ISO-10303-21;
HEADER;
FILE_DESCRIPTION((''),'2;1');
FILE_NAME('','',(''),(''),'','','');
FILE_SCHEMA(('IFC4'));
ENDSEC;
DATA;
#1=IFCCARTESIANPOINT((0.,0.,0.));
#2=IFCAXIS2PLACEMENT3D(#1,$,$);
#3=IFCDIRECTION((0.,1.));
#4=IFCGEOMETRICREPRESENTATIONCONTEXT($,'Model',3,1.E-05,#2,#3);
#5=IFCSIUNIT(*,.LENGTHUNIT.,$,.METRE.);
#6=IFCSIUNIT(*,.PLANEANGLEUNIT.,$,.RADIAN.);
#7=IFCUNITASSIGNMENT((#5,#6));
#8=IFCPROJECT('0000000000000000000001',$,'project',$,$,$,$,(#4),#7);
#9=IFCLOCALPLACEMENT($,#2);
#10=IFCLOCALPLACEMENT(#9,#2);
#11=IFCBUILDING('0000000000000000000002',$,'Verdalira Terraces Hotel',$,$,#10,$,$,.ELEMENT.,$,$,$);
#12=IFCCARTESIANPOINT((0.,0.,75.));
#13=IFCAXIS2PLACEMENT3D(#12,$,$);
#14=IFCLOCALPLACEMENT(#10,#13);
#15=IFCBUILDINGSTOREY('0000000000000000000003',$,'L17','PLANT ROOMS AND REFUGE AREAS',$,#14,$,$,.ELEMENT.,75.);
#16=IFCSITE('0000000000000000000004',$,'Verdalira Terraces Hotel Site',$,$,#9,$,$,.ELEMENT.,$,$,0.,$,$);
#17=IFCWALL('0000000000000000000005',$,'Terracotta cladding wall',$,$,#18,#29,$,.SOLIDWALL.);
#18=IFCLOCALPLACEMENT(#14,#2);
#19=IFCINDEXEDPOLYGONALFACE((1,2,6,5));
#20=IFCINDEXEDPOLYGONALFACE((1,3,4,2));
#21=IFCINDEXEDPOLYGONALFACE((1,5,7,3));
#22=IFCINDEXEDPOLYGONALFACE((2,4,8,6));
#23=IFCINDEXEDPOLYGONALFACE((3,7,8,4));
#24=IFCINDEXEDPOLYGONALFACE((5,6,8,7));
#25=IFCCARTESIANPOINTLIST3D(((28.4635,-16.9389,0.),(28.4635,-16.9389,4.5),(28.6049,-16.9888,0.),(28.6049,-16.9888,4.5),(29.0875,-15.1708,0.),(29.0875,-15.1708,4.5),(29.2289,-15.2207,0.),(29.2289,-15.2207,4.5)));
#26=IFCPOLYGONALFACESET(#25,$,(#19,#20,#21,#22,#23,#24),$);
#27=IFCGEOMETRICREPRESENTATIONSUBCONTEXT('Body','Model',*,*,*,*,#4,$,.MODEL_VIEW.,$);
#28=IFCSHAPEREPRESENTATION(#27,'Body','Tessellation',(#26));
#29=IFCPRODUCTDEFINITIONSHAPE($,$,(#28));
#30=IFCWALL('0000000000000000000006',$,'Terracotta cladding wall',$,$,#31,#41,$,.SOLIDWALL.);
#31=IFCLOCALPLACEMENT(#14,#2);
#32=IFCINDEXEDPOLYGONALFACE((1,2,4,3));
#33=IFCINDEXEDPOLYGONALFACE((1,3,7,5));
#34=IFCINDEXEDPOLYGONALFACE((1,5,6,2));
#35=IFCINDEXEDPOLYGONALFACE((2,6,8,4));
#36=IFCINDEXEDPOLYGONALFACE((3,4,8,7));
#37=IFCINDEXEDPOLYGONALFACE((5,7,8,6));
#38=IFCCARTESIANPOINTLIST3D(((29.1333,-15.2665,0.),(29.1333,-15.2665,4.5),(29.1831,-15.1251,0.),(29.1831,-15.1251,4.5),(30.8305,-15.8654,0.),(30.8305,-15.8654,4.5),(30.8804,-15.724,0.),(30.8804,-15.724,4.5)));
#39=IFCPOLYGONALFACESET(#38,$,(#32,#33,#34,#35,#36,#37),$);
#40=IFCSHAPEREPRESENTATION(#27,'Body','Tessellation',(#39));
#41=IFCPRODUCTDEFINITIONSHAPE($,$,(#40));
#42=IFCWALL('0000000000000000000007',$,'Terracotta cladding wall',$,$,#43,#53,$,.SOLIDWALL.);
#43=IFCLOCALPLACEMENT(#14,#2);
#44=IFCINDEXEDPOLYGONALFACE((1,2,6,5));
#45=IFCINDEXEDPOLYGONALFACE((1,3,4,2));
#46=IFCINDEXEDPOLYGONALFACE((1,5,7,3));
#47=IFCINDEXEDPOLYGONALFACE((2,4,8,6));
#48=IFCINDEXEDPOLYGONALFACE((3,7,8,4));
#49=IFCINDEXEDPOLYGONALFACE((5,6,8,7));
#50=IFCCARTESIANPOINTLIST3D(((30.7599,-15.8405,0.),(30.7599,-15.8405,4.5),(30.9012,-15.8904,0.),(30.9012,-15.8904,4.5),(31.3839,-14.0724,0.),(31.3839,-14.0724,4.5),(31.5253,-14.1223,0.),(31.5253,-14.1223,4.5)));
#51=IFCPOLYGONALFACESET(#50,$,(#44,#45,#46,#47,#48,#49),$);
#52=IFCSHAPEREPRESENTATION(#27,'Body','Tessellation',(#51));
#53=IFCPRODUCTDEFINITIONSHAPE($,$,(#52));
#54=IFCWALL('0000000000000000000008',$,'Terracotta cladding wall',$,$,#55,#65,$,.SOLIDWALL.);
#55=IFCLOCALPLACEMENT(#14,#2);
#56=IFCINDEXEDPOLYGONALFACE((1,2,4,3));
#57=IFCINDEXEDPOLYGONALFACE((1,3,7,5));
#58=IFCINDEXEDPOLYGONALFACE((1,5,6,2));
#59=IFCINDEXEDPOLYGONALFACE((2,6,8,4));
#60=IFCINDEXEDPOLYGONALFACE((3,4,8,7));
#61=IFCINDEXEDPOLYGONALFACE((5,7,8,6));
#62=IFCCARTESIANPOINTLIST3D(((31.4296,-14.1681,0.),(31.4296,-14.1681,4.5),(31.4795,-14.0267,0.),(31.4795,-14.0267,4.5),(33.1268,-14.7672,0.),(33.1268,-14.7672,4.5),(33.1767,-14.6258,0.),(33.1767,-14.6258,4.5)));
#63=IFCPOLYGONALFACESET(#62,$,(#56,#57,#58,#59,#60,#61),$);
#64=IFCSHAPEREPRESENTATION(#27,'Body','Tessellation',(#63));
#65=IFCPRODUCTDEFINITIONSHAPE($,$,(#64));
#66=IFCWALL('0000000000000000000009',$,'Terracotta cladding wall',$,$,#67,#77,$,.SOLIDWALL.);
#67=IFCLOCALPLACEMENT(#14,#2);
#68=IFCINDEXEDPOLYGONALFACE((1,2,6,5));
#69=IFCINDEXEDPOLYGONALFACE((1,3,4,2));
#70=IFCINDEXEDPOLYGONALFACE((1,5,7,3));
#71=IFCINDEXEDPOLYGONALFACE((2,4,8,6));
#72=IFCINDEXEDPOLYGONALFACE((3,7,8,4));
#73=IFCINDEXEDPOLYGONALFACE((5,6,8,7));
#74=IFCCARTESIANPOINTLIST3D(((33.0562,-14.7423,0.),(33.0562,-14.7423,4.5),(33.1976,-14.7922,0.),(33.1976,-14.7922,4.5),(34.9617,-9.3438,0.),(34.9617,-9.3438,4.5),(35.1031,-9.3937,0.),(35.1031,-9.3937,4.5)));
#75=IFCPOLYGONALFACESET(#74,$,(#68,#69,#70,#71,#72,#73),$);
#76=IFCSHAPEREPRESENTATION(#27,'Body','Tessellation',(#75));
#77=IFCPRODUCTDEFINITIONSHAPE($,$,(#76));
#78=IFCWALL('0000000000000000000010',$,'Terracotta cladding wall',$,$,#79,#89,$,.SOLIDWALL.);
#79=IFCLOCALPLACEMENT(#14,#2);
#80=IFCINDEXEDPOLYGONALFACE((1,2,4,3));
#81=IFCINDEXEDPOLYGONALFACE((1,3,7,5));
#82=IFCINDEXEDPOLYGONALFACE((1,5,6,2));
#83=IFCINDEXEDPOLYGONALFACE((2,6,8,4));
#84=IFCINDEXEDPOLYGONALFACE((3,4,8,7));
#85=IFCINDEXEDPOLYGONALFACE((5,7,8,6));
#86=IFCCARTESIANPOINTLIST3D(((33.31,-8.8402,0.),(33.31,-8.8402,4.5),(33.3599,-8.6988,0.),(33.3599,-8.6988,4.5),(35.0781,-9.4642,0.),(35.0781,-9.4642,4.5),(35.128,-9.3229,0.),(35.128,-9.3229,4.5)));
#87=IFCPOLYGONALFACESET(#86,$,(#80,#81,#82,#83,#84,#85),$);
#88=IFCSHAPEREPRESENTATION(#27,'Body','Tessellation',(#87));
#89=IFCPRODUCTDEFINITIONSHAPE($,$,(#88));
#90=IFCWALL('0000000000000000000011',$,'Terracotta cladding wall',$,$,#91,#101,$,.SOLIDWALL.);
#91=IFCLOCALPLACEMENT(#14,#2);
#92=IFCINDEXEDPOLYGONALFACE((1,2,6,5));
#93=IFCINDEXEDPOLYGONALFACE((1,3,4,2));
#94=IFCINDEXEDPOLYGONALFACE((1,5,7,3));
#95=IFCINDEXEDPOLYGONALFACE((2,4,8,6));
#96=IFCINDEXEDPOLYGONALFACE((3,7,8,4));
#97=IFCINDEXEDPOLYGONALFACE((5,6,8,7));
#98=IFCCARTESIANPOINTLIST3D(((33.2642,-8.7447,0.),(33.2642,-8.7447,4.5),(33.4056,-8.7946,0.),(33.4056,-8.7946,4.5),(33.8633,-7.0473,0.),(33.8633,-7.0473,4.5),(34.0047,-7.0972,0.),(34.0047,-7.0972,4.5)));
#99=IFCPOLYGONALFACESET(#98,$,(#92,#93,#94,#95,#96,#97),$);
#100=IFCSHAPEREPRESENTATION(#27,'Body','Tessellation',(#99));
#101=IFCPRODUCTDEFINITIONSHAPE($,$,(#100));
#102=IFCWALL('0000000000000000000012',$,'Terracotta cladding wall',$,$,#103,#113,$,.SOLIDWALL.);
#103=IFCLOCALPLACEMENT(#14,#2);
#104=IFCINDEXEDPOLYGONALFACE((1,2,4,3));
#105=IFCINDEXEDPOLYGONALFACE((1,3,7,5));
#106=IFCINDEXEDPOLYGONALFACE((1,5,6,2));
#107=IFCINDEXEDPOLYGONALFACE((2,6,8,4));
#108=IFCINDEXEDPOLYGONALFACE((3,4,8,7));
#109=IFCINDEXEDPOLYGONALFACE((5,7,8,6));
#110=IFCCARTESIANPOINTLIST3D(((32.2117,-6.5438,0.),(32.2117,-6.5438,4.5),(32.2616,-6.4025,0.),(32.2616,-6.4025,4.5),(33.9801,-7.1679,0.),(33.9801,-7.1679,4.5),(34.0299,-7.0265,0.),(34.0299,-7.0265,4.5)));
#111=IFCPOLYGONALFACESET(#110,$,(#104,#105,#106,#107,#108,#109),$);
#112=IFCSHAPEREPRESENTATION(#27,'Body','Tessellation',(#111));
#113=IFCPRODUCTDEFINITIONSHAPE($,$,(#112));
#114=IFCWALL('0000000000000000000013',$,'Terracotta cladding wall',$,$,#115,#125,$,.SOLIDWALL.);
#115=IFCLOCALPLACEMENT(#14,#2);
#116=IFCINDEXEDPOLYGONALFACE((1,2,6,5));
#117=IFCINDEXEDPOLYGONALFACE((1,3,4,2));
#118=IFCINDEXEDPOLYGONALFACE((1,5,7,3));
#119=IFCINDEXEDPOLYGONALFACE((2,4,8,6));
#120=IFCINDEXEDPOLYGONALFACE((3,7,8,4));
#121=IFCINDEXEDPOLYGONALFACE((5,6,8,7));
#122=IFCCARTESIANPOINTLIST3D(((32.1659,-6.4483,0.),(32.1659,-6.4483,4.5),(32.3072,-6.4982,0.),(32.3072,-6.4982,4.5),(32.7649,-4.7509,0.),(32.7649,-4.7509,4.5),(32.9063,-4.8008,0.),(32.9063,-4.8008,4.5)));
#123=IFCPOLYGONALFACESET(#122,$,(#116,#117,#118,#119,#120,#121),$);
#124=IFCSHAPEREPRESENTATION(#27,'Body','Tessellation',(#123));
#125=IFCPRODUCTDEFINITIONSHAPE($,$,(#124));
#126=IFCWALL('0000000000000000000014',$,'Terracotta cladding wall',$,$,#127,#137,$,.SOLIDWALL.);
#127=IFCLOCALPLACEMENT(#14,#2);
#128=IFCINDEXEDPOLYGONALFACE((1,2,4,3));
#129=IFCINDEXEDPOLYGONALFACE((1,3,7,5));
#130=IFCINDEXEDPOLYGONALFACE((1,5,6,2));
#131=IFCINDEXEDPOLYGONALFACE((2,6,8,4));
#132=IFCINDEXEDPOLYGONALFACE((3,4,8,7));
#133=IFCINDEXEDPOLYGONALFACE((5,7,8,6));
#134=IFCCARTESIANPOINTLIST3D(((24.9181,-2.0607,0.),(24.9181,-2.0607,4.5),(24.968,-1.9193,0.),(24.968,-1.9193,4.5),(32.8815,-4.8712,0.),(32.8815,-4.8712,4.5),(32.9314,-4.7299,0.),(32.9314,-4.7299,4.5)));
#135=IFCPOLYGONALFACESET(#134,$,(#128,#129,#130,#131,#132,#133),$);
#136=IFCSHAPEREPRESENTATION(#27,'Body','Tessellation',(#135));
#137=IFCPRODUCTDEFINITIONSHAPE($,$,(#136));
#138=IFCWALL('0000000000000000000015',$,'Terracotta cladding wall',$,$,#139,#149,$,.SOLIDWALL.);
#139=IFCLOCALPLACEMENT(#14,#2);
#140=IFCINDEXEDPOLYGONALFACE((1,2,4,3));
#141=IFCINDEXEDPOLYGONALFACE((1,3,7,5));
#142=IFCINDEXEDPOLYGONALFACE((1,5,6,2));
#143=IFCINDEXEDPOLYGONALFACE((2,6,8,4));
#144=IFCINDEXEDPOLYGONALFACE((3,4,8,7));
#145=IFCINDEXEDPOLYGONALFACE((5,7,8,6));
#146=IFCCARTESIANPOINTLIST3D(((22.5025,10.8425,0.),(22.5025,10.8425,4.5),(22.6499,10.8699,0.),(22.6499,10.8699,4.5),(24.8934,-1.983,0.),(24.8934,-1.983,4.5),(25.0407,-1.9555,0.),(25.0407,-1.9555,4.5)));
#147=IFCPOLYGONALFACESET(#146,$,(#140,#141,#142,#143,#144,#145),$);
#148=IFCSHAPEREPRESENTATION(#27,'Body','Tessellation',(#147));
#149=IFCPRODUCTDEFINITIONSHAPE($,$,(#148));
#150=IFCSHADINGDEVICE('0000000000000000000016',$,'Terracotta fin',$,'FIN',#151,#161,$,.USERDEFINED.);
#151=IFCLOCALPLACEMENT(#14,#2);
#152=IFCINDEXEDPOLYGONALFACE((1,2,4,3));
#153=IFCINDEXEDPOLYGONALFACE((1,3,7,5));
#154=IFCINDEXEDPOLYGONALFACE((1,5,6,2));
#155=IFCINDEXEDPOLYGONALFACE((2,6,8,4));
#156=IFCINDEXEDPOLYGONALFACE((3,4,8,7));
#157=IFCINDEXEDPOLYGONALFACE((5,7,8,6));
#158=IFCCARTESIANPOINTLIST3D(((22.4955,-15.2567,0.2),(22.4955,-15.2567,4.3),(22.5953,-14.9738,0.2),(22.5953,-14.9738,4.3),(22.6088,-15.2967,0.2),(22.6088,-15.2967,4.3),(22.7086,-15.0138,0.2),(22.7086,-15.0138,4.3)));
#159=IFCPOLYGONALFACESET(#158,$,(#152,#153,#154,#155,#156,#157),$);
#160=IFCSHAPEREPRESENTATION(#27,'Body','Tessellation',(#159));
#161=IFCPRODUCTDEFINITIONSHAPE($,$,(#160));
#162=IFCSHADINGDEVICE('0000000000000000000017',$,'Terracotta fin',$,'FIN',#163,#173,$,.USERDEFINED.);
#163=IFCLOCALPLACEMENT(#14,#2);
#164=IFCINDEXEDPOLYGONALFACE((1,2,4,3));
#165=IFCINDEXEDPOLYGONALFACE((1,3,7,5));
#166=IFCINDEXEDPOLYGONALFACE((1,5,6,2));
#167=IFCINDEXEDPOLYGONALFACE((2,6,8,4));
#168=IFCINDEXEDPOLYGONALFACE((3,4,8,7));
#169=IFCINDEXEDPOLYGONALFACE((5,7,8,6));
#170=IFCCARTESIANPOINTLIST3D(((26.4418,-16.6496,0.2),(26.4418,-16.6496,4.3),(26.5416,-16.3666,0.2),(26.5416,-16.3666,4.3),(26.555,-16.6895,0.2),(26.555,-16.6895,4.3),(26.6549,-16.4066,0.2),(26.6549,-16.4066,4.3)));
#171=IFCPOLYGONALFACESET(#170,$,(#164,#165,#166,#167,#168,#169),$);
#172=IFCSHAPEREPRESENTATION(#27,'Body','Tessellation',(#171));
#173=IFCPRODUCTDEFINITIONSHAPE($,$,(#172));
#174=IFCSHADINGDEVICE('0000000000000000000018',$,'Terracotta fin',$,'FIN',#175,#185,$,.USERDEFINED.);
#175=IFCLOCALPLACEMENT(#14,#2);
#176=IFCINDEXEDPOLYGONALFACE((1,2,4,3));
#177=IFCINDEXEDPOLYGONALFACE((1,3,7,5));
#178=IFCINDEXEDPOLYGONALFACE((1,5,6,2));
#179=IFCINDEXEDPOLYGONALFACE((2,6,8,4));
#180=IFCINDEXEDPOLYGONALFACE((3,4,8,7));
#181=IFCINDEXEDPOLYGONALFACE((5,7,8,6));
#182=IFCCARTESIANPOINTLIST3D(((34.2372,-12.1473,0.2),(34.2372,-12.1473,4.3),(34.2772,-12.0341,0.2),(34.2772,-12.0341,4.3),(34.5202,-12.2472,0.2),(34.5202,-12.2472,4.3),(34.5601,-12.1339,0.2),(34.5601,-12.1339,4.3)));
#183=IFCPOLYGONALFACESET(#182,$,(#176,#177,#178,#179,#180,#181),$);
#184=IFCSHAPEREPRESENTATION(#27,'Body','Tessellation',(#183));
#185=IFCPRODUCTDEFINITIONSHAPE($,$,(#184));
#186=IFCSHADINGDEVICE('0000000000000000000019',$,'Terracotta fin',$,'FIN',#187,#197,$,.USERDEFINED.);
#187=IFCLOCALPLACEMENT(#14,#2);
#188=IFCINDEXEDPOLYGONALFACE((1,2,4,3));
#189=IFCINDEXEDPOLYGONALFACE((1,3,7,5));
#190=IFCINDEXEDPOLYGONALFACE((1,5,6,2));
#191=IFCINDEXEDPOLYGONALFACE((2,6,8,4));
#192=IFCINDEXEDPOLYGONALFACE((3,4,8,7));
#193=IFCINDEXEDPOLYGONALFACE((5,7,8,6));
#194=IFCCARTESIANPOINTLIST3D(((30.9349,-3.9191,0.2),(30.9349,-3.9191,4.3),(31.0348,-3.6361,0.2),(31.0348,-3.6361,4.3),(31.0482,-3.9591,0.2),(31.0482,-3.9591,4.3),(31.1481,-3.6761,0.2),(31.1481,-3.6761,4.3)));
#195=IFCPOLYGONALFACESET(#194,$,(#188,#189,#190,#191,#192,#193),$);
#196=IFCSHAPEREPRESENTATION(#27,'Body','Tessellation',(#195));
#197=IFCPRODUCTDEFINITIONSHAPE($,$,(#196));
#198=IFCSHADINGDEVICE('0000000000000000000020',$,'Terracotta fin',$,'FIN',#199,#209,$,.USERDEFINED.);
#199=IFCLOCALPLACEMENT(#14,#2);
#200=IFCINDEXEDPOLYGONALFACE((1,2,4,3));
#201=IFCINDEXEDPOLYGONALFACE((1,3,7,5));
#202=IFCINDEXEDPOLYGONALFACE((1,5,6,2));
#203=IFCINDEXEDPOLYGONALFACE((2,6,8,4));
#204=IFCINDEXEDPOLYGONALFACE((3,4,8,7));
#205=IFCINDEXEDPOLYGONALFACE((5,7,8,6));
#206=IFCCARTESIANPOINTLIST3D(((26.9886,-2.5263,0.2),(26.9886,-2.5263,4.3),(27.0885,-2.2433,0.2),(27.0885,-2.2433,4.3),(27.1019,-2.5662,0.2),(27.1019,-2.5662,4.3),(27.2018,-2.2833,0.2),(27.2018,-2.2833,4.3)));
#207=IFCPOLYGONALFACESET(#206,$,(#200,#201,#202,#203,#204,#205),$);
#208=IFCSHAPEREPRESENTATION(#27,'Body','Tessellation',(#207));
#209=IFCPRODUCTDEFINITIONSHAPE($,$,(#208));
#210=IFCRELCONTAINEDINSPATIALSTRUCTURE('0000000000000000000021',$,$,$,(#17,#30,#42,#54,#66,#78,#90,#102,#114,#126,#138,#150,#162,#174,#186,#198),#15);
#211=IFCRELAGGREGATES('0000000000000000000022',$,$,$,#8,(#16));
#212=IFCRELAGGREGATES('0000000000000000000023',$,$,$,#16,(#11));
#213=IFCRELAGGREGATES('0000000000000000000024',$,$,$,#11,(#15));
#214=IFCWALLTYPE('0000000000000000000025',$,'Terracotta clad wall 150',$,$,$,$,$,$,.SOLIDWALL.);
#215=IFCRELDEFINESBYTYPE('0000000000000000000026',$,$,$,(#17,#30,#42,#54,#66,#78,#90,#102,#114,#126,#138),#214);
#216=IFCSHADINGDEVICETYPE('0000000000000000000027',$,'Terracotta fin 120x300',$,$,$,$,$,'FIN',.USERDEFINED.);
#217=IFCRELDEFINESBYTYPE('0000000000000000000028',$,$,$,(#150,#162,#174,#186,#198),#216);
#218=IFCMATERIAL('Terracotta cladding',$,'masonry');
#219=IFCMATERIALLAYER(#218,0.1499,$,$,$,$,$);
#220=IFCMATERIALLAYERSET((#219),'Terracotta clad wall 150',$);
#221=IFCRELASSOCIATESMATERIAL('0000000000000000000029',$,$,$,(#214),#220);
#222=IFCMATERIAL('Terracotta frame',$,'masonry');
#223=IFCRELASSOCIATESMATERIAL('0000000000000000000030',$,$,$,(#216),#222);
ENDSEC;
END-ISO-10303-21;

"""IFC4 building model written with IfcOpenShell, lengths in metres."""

from ifc_helpers import new_model, si_unit, direction, frame, frame_2d, origin, origin_2d, place, context, subcontext, project, spatial, rectangle, extrude, material, layer, layer_set, material_profile, profile_set, type_object, element, save


model = new_model("IFC4")

# Units and contexts
model_context = context("Model", 3, precision=1e-05, world=origin(), true_north=direction((0.0, 1.0)))
body_context = subcontext(model_context, "Body", "Model", "MODEL_VIEW")
ifc_project = project(units=[si_unit("LENGTHUNIT", "METRE"), si_unit("PLANEANGLEUNIT", "RADIAN")], contexts=[model_context])

# Site, building, storey
site_placement = place(None, origin())
site = spatial("IfcSite", under=ifc_project, at=site_placement, Name="Verdalira Terraces Hotel Site", CompositionType="ELEMENT", RefElevation=0.0)
building_placement = place(site_placement, origin())
building = spatial("IfcBuilding", under=site, at=building_placement, Name="Verdalira Terraces Hotel", CompositionType="ELEMENT")
storey_placement = place(building_placement, frame((0.0, 0.0, 75.0)))
storey = spatial("IfcBuildingStorey", under=building, at=storey_placement, Name="L17", Description="PLANT ROOMS AND REFUGE AREAS", CompositionType="ELEMENT", Elevation=75.0)

# Walls
ifc_material_1 = material(Name="Terracotta cladding", Category="masonry")
ifc_layer_1 = layer(ifc_material_1, 0.1499)
ifc_layer_set_1 = layer_set([ifc_layer_1], Name="Terracotta clad wall 150")
wall_type_1 = type_object("IfcWallType", Name="Terracotta clad wall 150", PredefinedType="SOLIDWALL", material=ifc_layer_set_1)
wall_1_placement = place(storey_placement, frame((28.5342, -16.9639, 0.0), z_axis=(0.0, 0.0, 1.0), x_axis=(0.33282, 0.94299, 0.0)))
element("IfcWall", 1, at=wall_1_placement, inside=storey, type_object=wall_type_1, Name="Terracotta cladding wall", PredefinedType="SOLIDWALL", context=body_context, shape_type="SweptSolid", body=[
    extrude(rectangle(XDim=1.875, YDim=0.1499, at=frame_2d((0.9375, 0.0))), origin(), (0.0, 0.0, 1.0), 4.5),
])
wall_2_placement = place(storey_placement, frame((29.1582, -15.1958, 0.0), z_axis=(0.0, 0.0, 1.0), x_axis=(0.943018, -0.332742, 0.0)))
element("IfcWall", 2, at=wall_2_placement, inside=storey, type_object=wall_type_1, Name="Terracotta cladding wall", PredefinedType="SOLIDWALL", context=body_context, shape_type="SweptSolid", body=[
    extrude(rectangle(XDim=1.7998, YDim=0.1499, at=frame_2d((0.8999, 0.0))), origin(), (0.0, 0.0, 1.0), 4.5),
])
wall_3_placement = place(storey_placement, frame((30.8306, -15.8655, 0.0), z_axis=(0.0, 0.0, 1.0), x_axis=(0.33282, 0.94299, 0.0)))
element("IfcWall", 3, at=wall_3_placement, inside=storey, type_object=wall_type_1, Name="Terracotta cladding wall", PredefinedType="SOLIDWALL", context=body_context, shape_type="SweptSolid", body=[
    extrude(rectangle(XDim=1.875, YDim=0.1499, at=frame_2d((0.9375, 0.0))), origin(), (0.0, 0.0, 1.0), 4.5),
])
wall_4_placement = place(storey_placement, frame((31.4546, -14.0974, 0.0), z_axis=(0.0, 0.0, 1.0), x_axis=(0.942975, -0.332863, 0.0)))
element("IfcWall", 4, at=wall_4_placement, inside=storey, type_object=wall_type_1, Name="Terracotta cladding wall", PredefinedType="SOLIDWALL", context=body_context, shape_type="SweptSolid", body=[
    extrude(rectangle(XDim=1.7998, YDim=0.1499, at=frame_2d((0.8999, 0.0))), origin(), (0.0, 0.0, 1.0), 4.5),
])
wall_5_placement = place(storey_placement, frame((33.127, -14.7671, 0.0), z_axis=(0.0, 0.0, 1.0), x_axis=(0.332849, 0.94298, 0.0)))
element("IfcWall", 5, at=wall_5_placement, inside=storey, type_object=wall_type_1, Name="Terracotta cladding wall", PredefinedType="SOLIDWALL", context=body_context, shape_type="SweptSolid", body=[
    extrude(rectangle(XDim=5.7249, YDim=0.1499, at=frame_2d((2.8623, 0.0))), origin(), (0.0, 0.0, 1.0), 4.5),
])
wall_6_placement = place(storey_placement, frame((35.103, -9.3936, 0.0), z_axis=(0.0, 0.0, 1.0), x_axis=(-0.94299, 0.33282, 0.0)))
element("IfcWall", 6, at=wall_6_placement, inside=storey, type_object=wall_type_1, Name="Terracotta cladding wall", PredefinedType="SOLIDWALL", context=body_context, shape_type="SweptSolid", body=[
    extrude(rectangle(XDim=1.875, YDim=0.1499, at=frame_2d((0.9375, 0.0))), origin(), (0.0, 0.0, 1.0), 4.5),
])
wall_7_placement = place(storey_placement, frame((33.335, -8.7695, 0.0), z_axis=(0.0, 0.0, 1.0), x_axis=(0.33282, 0.94299, 0.0)))
element("IfcWall", 7, at=wall_7_placement, inside=storey, type_object=wall_type_1, Name="Terracotta cladding wall", PredefinedType="SOLIDWALL", context=body_context, shape_type="SweptSolid", body=[
    extrude(rectangle(XDim=1.8, YDim=0.1499, at=frame_2d((0.8999, 0.0))), origin(), (0.0, 0.0, 1.0), 4.5),
])
wall_8_placement = place(storey_placement, frame((34.0049, -7.0972, 0.0), z_axis=(0.0, 0.0, 1.0), x_axis=(-0.943005, 0.332779, 0.0)))
element("IfcWall", 8, at=wall_8_placement, inside=storey, type_object=wall_type_1, Name="Terracotta cladding wall", PredefinedType="SOLIDWALL", context=body_context, shape_type="SweptSolid", body=[
    extrude(rectangle(XDim=1.8752, YDim=0.1499, at=frame_2d((0.9375, 0.0))), origin(), (0.0, 0.0, 1.0), 4.5),
])
wall_9_placement = place(storey_placement, frame((32.2366, -6.4731, 0.0), z_axis=(0.0, 0.0, 1.0), x_axis=(0.33282, 0.94299, 0.0)))
element("IfcWall", 9, at=wall_9_placement, inside=storey, type_object=wall_type_1, Name="Terracotta cladding wall", PredefinedType="SOLIDWALL", context=body_context, shape_type="SweptSolid", body=[
    extrude(rectangle(XDim=1.8, YDim=0.1499, at=frame_2d((0.8999, 0.0))), origin(), (0.0, 0.0, 1.0), 4.5),
])
wall_10_placement = place(storey_placement, frame((32.9065, -4.8005, 0.0), z_axis=(0.0, 0.0, 1.0), x_axis=(-0.942992, 0.332814, 0.0)))
element("IfcWall", 10, at=wall_10_placement, inside=storey, type_object=wall_type_1, Name="Terracotta cladding wall", PredefinedType="SOLIDWALL", context=body_context, shape_type="SweptSolid", body=[
    extrude(rectangle(XDim=8.4448, YDim=0.1499, at=frame_2d((4.2224, 0.0))), origin(), (0.0, 0.0, 1.0), 4.5),
])
wall_11_placement = place(storey_placement, frame((24.967, -1.9692, 0.0), z_axis=(0.0, 0.0, 1.0), x_axis=(-0.183259, 0.983065, 0.0)))
element("IfcWall", 11, at=wall_11_placement, inside=storey, type_object=wall_type_1, Name="Terracotta cladding wall", PredefinedType="SOLIDWALL", context=body_context, shape_type="SweptSolid", body=[
    extrude(rectangle(XDim=13.0464, YDim=0.1499, at=frame_2d((6.5232, 0.0))), origin(), (0.0, 0.0, 1.0), 4.5),
])

# Shading devices
ifc_material_2 = material(Name="Terracotta frame", Category="masonry")
ifc_material_profile_1 = material_profile(ifc_material_2, rectangle(XDim=0.1201, YDim=0.3, at=origin_2d()), Name="FIN 120x300")
ifc_profile_set_1 = profile_set([ifc_material_profile_1], Name="Terracotta frame")
shading_device_type = type_object("IfcShadingDeviceType", Name="Terracotta fin 120x300", ElementType="FIN", PredefinedType="USERDEFINED", material=ifc_profile_set_1)
for number, where, z_axis, x_axis, name in (
    (12, (22.6021, -15.1353, 0.2), (0.0, 0.0, 1.0), (0.942991, -0.33282, 0.0), "Terracotta fin"),
    (13, (26.5483, -16.5281, 0.2), (0.0, 0.0, 1.0), (0.942991, -0.33282, 0.0), "Terracotta fin"),
    (14, (34.3987, -12.1406, 0.2), (0.0, 0.0, 1.0), (0.33282, 0.942991, 0.0), "Terracotta fin"),
    (15, (31.0415, -3.7976, 0.2), (0.0, 0.0, 1.0), (-0.942991, 0.33282, 0.0), "Terracotta fin"),
    (16, (27.0952, -2.4048, 0.2), (0.0, 0.0, 1.0), (-0.942991, 0.33282, 0.0), "Terracotta fin"),
):
    element("IfcShadingDevice", number, at=place(storey_placement, frame(where, z_axis=z_axis, x_axis=x_axis)), inside=storey, type_object=shading_device_type, Name=name, ObjectType="FIN", PredefinedType="USERDEFINED", context=body_context, shape_type="SweptSolid", body=[
        extrude(rectangle(XDim=0.1201, YDim=0.3, at=origin_2d()), origin(), (0.0, 0.0, 1.0), 4.1001),
    ])

save(model, "model.ifc")
